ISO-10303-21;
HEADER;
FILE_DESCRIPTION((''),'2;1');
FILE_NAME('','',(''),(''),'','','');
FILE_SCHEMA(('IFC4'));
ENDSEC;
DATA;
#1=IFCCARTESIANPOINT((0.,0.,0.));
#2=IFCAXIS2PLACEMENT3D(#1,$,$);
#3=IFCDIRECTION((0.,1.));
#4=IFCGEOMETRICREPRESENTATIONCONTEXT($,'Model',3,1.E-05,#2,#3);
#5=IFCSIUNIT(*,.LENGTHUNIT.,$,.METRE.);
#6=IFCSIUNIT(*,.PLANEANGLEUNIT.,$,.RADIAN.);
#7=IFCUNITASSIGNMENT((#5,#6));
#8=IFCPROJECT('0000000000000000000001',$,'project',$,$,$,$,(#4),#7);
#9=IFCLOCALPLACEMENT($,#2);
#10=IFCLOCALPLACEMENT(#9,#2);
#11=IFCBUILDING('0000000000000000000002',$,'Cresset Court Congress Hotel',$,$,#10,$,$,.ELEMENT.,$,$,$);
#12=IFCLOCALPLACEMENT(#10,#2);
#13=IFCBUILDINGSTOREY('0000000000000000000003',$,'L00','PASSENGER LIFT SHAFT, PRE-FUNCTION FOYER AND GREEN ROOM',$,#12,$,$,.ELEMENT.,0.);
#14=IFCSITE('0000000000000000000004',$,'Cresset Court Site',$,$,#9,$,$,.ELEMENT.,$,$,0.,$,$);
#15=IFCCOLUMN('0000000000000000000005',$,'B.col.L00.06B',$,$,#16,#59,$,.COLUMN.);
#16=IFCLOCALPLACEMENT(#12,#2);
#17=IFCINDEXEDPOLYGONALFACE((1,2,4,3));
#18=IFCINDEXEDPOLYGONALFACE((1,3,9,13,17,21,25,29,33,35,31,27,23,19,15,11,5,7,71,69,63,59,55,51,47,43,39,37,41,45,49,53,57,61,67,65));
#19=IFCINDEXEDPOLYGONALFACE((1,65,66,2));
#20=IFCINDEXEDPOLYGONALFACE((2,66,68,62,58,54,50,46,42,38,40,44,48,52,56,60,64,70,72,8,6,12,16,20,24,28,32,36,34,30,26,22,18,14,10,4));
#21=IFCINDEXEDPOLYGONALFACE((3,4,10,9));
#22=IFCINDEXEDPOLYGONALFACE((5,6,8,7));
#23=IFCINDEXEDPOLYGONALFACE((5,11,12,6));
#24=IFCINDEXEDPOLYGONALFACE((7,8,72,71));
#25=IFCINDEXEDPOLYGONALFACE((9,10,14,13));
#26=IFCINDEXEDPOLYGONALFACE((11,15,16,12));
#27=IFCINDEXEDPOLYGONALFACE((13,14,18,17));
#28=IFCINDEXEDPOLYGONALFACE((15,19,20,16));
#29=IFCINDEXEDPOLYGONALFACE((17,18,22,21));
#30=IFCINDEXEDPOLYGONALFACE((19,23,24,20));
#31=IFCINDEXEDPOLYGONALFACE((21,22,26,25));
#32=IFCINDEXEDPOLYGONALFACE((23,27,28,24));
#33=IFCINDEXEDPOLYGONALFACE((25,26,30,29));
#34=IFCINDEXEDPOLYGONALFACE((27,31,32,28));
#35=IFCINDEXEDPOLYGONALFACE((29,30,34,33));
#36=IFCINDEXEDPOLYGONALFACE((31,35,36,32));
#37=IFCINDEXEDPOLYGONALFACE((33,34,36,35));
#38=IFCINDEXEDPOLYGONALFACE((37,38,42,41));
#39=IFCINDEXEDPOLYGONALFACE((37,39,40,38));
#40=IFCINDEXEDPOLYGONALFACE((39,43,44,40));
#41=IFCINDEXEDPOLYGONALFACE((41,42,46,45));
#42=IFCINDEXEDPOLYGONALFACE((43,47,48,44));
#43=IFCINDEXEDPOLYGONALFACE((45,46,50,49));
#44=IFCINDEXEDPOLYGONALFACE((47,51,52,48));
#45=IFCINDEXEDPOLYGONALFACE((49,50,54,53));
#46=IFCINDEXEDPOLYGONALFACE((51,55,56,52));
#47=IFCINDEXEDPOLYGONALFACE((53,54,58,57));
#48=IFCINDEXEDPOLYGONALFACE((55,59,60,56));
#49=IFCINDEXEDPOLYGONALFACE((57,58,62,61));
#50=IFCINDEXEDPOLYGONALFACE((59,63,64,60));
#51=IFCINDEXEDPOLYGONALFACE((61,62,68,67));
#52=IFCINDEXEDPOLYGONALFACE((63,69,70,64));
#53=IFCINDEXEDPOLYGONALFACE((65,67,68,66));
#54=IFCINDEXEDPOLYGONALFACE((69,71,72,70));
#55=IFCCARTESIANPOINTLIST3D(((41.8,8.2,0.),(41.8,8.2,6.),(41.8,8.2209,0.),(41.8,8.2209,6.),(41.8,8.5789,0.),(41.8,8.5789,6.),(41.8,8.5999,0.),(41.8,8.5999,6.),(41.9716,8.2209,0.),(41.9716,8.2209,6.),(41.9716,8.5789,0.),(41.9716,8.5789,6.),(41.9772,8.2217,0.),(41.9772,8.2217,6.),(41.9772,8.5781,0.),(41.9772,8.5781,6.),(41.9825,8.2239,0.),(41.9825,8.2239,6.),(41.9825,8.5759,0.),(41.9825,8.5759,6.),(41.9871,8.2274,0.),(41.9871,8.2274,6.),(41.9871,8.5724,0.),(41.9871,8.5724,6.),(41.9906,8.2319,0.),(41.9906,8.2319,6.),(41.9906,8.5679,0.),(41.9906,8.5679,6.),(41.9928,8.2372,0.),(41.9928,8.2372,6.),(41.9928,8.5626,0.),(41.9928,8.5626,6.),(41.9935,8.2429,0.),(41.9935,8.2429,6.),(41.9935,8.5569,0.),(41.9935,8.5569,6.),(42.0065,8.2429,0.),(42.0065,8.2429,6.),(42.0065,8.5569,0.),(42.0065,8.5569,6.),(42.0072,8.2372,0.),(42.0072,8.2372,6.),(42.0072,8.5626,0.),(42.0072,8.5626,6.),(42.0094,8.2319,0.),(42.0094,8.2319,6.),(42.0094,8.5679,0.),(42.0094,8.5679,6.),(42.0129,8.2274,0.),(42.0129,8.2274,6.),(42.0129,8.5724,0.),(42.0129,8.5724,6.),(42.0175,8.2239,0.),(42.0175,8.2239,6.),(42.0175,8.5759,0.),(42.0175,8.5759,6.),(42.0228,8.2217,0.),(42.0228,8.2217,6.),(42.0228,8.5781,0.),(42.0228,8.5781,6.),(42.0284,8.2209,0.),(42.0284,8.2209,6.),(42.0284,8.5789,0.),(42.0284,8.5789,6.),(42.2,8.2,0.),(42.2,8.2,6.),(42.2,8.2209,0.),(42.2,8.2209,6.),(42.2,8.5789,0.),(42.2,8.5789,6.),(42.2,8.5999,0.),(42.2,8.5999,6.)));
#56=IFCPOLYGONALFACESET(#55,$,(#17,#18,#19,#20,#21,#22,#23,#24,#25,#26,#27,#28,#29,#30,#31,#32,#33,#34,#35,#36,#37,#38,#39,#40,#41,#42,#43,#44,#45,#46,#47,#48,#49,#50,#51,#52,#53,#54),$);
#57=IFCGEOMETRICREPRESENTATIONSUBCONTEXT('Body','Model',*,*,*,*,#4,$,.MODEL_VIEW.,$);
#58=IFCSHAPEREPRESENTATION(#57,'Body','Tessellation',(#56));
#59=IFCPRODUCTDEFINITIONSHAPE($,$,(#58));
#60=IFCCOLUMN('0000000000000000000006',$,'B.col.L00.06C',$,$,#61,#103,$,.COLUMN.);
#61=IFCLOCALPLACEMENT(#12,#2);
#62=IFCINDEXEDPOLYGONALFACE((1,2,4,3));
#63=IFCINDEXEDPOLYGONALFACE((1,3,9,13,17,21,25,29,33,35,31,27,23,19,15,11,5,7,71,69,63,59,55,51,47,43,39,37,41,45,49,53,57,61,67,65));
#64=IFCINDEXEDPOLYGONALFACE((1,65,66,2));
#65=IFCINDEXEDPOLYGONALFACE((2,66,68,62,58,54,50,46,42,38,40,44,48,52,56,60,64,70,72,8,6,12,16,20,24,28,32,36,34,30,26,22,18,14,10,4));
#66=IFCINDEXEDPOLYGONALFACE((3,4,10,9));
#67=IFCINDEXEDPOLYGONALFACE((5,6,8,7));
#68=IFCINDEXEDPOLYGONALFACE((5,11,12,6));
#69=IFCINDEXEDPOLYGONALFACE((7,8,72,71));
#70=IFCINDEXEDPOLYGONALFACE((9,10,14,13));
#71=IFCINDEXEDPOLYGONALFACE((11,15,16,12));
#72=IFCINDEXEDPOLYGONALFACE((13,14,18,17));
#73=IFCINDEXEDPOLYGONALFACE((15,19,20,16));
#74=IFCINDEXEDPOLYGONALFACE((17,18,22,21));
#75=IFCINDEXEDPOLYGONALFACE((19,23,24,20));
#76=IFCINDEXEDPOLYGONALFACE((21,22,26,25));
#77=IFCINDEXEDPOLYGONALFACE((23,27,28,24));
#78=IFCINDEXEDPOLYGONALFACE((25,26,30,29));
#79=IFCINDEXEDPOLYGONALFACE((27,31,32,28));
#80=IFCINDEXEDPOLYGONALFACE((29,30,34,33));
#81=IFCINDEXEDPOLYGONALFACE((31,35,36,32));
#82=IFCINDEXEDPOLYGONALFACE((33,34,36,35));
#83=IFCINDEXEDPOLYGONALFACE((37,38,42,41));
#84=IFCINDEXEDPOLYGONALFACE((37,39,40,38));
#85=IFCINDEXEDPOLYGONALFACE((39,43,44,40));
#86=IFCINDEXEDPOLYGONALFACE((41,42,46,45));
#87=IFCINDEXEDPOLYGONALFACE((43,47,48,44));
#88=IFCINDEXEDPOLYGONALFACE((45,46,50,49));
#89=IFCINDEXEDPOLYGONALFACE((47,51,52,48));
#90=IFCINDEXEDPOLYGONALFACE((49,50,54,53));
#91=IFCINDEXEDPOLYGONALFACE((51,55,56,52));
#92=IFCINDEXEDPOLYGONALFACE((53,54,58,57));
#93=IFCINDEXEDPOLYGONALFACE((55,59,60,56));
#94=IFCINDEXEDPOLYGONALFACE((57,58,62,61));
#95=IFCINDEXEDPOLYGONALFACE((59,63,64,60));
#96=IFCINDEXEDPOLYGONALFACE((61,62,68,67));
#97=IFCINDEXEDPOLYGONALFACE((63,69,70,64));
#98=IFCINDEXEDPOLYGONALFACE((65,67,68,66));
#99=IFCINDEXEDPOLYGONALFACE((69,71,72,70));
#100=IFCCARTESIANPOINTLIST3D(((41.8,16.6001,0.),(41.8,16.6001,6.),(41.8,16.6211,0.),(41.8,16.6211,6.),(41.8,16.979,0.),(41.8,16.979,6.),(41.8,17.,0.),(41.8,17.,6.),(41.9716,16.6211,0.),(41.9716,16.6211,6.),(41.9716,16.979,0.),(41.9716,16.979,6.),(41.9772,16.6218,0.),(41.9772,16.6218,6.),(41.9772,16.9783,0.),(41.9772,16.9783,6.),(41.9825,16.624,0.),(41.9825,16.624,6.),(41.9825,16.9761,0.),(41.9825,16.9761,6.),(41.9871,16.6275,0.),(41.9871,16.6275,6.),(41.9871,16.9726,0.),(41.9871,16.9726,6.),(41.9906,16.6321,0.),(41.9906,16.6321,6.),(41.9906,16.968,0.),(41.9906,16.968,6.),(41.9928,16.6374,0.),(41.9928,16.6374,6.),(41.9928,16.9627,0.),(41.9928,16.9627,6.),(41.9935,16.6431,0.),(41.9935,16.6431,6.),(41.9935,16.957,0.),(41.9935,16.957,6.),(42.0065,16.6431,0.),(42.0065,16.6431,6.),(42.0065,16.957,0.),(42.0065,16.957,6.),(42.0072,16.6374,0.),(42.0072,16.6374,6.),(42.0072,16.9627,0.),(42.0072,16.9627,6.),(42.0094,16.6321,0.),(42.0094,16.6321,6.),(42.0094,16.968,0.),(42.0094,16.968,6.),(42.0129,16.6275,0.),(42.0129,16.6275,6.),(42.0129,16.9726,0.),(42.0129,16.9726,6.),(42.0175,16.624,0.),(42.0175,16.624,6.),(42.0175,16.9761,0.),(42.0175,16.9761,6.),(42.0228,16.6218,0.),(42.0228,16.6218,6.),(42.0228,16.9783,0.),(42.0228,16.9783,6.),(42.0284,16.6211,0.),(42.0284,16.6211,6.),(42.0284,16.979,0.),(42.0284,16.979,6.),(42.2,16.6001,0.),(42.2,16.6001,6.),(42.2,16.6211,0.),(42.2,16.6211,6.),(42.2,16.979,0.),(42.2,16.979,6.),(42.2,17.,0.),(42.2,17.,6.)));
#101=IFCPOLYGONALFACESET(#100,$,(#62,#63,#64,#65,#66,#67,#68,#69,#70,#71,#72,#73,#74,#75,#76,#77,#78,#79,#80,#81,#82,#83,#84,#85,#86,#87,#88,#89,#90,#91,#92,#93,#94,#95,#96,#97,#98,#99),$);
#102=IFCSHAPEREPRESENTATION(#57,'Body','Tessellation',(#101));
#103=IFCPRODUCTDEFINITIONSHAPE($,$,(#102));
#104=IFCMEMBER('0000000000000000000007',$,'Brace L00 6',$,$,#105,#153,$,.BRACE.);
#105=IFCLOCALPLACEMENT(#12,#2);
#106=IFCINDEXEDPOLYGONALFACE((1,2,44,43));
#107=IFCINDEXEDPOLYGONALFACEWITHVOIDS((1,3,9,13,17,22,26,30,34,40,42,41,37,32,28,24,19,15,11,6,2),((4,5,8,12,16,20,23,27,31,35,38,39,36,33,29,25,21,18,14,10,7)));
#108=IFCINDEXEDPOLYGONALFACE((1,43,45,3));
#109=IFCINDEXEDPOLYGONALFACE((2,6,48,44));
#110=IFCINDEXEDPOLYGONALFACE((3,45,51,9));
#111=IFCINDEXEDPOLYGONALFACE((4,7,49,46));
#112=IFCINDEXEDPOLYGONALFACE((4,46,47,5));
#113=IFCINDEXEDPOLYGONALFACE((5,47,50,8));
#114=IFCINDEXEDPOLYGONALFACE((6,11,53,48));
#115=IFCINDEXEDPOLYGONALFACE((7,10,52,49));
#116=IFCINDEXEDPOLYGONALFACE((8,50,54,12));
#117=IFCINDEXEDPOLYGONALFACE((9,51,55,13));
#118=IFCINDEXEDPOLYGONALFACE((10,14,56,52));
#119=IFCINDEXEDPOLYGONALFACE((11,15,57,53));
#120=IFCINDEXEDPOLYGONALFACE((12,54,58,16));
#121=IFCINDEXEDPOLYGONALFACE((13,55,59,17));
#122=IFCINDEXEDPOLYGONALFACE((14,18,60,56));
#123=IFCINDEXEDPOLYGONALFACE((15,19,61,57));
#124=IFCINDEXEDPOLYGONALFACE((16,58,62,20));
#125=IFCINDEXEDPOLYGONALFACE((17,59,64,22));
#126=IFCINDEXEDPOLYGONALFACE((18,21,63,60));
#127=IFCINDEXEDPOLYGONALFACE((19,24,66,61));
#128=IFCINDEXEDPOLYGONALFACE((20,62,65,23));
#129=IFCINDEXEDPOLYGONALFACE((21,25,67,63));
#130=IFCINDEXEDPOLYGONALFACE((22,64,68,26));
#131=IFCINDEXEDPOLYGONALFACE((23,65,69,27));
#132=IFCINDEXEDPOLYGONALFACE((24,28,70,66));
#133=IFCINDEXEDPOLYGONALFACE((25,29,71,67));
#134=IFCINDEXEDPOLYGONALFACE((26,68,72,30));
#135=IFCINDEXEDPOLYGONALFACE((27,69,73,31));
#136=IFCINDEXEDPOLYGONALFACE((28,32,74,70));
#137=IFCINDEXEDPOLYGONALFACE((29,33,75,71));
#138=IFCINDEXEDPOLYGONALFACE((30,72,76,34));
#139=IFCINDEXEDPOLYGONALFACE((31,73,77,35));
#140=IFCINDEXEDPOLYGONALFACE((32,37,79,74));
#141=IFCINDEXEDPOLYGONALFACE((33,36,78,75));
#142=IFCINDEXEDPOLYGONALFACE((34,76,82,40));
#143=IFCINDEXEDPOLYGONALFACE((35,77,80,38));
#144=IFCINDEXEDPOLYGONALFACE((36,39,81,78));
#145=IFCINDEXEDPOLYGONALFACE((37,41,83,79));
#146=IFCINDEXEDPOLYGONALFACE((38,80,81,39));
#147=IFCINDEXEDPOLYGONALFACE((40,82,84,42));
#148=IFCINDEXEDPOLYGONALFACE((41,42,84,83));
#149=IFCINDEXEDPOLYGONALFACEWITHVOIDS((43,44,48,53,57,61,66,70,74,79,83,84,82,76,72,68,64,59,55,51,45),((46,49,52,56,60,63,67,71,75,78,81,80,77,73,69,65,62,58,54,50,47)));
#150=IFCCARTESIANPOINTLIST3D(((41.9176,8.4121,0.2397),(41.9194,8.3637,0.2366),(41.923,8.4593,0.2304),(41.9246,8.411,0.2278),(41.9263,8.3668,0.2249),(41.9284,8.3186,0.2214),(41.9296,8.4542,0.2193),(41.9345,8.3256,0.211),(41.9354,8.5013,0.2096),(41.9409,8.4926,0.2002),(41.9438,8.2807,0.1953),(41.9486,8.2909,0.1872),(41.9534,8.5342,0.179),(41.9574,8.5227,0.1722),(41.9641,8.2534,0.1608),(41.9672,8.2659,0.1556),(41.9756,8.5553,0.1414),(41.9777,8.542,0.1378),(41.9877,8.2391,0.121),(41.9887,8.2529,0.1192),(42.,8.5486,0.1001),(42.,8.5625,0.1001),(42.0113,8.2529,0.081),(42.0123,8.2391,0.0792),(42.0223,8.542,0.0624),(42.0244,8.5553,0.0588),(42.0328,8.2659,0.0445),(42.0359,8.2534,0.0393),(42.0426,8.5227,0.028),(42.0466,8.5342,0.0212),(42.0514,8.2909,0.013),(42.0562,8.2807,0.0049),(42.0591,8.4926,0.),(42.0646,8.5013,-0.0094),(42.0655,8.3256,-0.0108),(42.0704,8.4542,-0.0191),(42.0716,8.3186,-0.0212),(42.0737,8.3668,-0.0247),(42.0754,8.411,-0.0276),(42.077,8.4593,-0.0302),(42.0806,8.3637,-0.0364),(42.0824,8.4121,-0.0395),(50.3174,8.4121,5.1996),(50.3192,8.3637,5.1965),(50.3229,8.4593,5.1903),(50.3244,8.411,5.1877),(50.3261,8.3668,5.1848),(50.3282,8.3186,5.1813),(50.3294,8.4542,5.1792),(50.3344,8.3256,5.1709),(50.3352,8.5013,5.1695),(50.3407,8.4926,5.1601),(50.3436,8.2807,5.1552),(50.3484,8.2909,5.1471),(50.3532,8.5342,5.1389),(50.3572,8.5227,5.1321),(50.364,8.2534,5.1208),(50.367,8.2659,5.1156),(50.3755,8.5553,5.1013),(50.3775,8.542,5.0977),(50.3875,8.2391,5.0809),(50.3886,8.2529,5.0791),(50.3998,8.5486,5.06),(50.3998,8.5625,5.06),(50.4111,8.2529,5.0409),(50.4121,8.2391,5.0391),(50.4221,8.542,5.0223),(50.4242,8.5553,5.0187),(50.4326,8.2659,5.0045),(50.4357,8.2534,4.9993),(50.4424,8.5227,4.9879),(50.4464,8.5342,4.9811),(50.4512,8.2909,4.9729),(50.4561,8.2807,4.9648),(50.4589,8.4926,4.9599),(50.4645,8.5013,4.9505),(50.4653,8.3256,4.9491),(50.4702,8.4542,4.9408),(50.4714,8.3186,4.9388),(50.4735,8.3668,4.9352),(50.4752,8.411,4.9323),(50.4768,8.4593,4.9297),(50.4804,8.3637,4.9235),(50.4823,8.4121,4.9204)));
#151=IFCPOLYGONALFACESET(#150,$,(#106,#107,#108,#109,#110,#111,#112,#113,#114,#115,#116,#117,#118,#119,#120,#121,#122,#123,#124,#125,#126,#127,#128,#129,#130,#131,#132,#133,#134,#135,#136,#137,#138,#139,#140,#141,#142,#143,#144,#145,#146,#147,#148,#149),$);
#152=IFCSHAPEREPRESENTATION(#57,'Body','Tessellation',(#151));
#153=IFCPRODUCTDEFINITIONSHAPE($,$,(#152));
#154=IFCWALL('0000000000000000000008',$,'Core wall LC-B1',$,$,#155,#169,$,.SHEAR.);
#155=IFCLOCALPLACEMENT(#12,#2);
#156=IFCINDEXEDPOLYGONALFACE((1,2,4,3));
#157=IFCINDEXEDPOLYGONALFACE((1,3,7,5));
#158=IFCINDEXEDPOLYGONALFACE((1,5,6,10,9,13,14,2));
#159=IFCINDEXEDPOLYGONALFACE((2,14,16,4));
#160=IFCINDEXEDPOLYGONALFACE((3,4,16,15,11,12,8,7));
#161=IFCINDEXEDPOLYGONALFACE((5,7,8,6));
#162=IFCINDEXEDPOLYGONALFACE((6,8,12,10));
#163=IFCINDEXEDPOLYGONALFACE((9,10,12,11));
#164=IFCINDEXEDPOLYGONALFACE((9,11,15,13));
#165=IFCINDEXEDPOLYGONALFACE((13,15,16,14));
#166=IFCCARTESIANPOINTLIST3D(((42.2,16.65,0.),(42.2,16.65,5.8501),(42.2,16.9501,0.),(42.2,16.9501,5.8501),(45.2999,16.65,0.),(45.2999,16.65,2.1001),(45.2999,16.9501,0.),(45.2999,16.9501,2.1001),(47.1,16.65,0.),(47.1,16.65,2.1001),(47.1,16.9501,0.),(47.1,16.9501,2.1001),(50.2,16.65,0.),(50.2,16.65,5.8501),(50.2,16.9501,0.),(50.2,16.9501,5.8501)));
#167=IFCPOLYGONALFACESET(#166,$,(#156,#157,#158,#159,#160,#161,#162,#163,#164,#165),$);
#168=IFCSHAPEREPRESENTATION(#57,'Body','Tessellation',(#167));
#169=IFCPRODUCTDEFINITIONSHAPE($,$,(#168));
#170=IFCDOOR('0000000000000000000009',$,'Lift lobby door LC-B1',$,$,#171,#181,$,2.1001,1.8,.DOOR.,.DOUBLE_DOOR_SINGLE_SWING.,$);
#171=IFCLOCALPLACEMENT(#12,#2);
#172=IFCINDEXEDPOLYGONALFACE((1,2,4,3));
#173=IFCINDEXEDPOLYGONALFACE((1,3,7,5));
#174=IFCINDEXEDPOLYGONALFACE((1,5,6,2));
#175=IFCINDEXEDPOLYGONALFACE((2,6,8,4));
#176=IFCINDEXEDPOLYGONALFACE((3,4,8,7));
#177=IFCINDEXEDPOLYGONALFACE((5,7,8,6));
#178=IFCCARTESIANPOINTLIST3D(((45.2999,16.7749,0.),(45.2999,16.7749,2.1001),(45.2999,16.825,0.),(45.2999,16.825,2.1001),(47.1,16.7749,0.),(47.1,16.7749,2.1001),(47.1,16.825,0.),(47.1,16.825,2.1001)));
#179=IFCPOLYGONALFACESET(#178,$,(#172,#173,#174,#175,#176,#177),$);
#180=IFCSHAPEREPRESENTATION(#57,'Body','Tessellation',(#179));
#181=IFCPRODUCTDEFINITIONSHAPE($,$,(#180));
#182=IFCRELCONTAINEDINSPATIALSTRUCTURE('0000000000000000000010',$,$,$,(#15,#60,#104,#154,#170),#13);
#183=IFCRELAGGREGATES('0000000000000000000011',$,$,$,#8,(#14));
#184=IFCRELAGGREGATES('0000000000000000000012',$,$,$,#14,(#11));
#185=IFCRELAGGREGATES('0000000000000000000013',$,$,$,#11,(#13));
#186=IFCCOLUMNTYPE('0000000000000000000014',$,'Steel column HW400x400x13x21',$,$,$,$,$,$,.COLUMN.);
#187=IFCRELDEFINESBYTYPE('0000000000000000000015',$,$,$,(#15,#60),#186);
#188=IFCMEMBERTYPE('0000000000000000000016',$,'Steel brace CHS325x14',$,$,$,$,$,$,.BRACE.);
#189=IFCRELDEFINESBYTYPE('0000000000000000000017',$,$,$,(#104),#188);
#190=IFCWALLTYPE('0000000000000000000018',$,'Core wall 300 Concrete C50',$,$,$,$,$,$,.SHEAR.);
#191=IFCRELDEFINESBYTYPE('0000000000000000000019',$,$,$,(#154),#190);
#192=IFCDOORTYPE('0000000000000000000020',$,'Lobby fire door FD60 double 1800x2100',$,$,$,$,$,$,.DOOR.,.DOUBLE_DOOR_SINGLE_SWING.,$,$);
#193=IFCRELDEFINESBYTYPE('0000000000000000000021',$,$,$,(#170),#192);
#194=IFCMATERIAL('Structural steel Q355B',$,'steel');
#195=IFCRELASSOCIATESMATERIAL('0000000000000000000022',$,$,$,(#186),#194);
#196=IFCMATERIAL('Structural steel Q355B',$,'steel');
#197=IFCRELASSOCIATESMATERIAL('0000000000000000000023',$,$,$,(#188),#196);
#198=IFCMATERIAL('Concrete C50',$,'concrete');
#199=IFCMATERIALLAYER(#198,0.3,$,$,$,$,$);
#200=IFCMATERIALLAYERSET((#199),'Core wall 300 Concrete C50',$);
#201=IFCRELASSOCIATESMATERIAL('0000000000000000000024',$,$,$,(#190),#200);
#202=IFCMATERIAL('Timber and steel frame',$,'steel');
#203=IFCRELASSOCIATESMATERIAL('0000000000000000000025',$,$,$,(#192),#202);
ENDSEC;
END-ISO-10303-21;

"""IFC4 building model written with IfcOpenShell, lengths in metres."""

from ifc_helpers import new_model, si_unit, direction, frame, frame_2d, origin, origin_2d, place, context, subcontext, project, spatial, rectangle, hollow_circle, i_section, extrude, material, layer, layer_set, material_profile, profile_set, type_object, element, fill, save


model = new_model("IFC4")

# Units and contexts
model_context = context("Model", 3, precision=1e-05, world=origin(), true_north=direction((0.0, 1.0)))
body_context = subcontext(model_context, "Body", "Model", "MODEL_VIEW")
ifc_project = project(units=[si_unit("LENGTHUNIT", "METRE"), si_unit("PLANEANGLEUNIT", "RADIAN")], contexts=[model_context])

# Site, building, storey
site_placement = place(None, origin())
site = spatial("IfcSite", under=ifc_project, at=site_placement, Name="Cresset Court Site", CompositionType="ELEMENT", RefElevation=0.0)
building_placement = place(site_placement, origin())
building = spatial("IfcBuilding", under=site, at=building_placement, Name="Cresset Court Congress Hotel", CompositionType="ELEMENT")
storey_placement = place(building_placement, origin())
storey = spatial("IfcBuildingStorey", under=building, at=storey_placement, Name="L00", Description="PASSENGER LIFT SHAFT, PRE-FUNCTION FOYER AND GREEN ROOM", CompositionType="ELEMENT", Elevation=0.0)

# Columns
ifc_material_1 = material(Name="Structural steel Q355B", Category="steel")
ifc_material_profile_1 = material_profile(ifc_material_1, i_section(OverallWidth=0.3999, OverallDepth=0.3999, WebThickness=0.0129, FlangeThickness=0.021, FilletRadius=0.022, at=origin_2d()), Name="HW400x400x13x21")
ifc_profile_set_1 = profile_set([ifc_material_profile_1], Name="Structural steel Q355B")
column_type = type_object("IfcColumnType", Name="Steel column HW400x400x13x21", PredefinedType="COLUMN", material=ifc_profile_set_1)
for number, where, z_axis, x_axis, name in (
    (1, (42.0, 8.3999, 0.0), (0.0, 0.0, 1.0), (1.0, 0.0, 0.0), "B.col.L00.06B"),
    (2, (42.0, 16.8, 0.0), (0.0, 0.0, 1.0), (1.0, 0.0, 0.0), "B.col.L00.06C"),
):
    element("IfcColumn", number, at=place(storey_placement, frame(where, z_axis=z_axis, x_axis=x_axis)), inside=storey, type_object=column_type, Name=name, PredefinedType="COLUMN", context=body_context, shape_type="SweptSolid", body=[
        extrude(i_section(OverallWidth=0.3999, OverallDepth=0.3999, WebThickness=0.0129, FlangeThickness=0.021, FilletRadius=0.022, at=origin_2d()), origin(), (0.0, 0.0, 1.0), 6.0),
    ])

# Member
ifc_material_2 = material(Name="Structural steel Q355B", Category="steel")
ifc_material_profile_2 = material_profile(ifc_material_2, hollow_circle(Radius=0.1626, WallThickness=0.0139, at=origin_2d()), Name="CHS325x14")
ifc_profile_set_2 = profile_set([ifc_material_profile_2], Name="Structural steel Q355B")
member_type = type_object("IfcMemberType", Name="Steel brace CHS325x14", PredefinedType="BRACE", material=ifc_profile_set_2)
member_placement = place(storey_placement, frame((42.0, 8.3999, 0.1001), z_axis=(0.861089, 0.0, 0.508454), x_axis=(0.0, 1.0, 0.0)))
element("IfcMember", 3, at=member_placement, inside=storey, type_object=member_type, Name="Brace L00 6", PredefinedType="BRACE", context=body_context, shape_type="SweptSolid", body=[
    extrude(hollow_circle(Radius=0.1626, WallThickness=0.0139, at=origin_2d()), origin(), (0.0, 0.0, 1.0), 9.7549),
])

# Wall, opening, door
ifc_material_3 = material(Name="Concrete C50", Category="concrete")
ifc_layer_1 = layer(ifc_material_3, 0.3)
ifc_layer_set_1 = layer_set([ifc_layer_1], Name="Core wall 300 Concrete C50")
wall_type_1 = type_object("IfcWallType", Name="Core wall 300 Concrete C50", PredefinedType="SHEAR", material=ifc_layer_set_1)
wall_1_placement = place(storey_placement, frame((42.2, 16.8, 0.0), z_axis=(0.0, 0.0, 1.0), x_axis=(1.0, 0.0, 0.0)))
wall_1 = element("IfcWall", 4, at=wall_1_placement, inside=storey, type_object=wall_type_1, Name="Core wall LC-B1", PredefinedType="SHEAR", context=body_context, shape_type="SweptSolid", body=[
    extrude(rectangle(XDim=8.0, YDim=0.3, at=frame_2d((4.0, 0.0))), origin(), (0.0, 0.0, 1.0), 5.8501),
])
opening_1_placement = place(wall_1_placement, frame((3.1001, 0.0, 0.0)))
opening_1 = element("IfcOpeningElement", 5, at=opening_1_placement, cuts=wall_1, PredefinedType="OPENING", context=body_context, shape_type="SweptSolid", body=[
    extrude(rectangle(XDim=1.8, YDim=2.1001, at=frame_2d((0.8999, 1.05))), frame((0.0, 0.1599, 0.0), z_axis=(0.0, -1.0, 0.0), x_axis=(1.0, 0.0, 0.0)), (0.0, 0.0, 1.0), 0.3201),
])
ifc_material_4 = material(Name="Timber and steel frame", Category="steel")
door_type_1 = type_object("IfcDoorType", Name="Lobby fire door FD60 double 1800x2100", OperationType="DOUBLE_DOOR_SINGLE_SWING", PredefinedType="DOOR", material=ifc_material_4)
door_1_placement = place(opening_1_placement, origin())
door_1 = element("IfcDoor", 6, at=door_1_placement, inside=storey, type_object=door_type_1, Name="Lift lobby door LC-B1", OperationType="DOUBLE_DOOR_SINGLE_SWING", OverallHeight=2.1001, OverallWidth=1.8, PredefinedType="DOOR", context=body_context, shape_type="SweptSolid", body=[
    extrude(rectangle(XDim=1.8, YDim=2.1001, at=frame_2d((0.8999, 1.05))), frame((0.0, 0.0249, 0.0), z_axis=(0.0, -1.0, 0.0), x_axis=(1.0, 0.0, 0.0)), (0.0, 0.0, 1.0), 0.05),
])
fill(opening_1, door_1)

save(model, "model.ifc")
